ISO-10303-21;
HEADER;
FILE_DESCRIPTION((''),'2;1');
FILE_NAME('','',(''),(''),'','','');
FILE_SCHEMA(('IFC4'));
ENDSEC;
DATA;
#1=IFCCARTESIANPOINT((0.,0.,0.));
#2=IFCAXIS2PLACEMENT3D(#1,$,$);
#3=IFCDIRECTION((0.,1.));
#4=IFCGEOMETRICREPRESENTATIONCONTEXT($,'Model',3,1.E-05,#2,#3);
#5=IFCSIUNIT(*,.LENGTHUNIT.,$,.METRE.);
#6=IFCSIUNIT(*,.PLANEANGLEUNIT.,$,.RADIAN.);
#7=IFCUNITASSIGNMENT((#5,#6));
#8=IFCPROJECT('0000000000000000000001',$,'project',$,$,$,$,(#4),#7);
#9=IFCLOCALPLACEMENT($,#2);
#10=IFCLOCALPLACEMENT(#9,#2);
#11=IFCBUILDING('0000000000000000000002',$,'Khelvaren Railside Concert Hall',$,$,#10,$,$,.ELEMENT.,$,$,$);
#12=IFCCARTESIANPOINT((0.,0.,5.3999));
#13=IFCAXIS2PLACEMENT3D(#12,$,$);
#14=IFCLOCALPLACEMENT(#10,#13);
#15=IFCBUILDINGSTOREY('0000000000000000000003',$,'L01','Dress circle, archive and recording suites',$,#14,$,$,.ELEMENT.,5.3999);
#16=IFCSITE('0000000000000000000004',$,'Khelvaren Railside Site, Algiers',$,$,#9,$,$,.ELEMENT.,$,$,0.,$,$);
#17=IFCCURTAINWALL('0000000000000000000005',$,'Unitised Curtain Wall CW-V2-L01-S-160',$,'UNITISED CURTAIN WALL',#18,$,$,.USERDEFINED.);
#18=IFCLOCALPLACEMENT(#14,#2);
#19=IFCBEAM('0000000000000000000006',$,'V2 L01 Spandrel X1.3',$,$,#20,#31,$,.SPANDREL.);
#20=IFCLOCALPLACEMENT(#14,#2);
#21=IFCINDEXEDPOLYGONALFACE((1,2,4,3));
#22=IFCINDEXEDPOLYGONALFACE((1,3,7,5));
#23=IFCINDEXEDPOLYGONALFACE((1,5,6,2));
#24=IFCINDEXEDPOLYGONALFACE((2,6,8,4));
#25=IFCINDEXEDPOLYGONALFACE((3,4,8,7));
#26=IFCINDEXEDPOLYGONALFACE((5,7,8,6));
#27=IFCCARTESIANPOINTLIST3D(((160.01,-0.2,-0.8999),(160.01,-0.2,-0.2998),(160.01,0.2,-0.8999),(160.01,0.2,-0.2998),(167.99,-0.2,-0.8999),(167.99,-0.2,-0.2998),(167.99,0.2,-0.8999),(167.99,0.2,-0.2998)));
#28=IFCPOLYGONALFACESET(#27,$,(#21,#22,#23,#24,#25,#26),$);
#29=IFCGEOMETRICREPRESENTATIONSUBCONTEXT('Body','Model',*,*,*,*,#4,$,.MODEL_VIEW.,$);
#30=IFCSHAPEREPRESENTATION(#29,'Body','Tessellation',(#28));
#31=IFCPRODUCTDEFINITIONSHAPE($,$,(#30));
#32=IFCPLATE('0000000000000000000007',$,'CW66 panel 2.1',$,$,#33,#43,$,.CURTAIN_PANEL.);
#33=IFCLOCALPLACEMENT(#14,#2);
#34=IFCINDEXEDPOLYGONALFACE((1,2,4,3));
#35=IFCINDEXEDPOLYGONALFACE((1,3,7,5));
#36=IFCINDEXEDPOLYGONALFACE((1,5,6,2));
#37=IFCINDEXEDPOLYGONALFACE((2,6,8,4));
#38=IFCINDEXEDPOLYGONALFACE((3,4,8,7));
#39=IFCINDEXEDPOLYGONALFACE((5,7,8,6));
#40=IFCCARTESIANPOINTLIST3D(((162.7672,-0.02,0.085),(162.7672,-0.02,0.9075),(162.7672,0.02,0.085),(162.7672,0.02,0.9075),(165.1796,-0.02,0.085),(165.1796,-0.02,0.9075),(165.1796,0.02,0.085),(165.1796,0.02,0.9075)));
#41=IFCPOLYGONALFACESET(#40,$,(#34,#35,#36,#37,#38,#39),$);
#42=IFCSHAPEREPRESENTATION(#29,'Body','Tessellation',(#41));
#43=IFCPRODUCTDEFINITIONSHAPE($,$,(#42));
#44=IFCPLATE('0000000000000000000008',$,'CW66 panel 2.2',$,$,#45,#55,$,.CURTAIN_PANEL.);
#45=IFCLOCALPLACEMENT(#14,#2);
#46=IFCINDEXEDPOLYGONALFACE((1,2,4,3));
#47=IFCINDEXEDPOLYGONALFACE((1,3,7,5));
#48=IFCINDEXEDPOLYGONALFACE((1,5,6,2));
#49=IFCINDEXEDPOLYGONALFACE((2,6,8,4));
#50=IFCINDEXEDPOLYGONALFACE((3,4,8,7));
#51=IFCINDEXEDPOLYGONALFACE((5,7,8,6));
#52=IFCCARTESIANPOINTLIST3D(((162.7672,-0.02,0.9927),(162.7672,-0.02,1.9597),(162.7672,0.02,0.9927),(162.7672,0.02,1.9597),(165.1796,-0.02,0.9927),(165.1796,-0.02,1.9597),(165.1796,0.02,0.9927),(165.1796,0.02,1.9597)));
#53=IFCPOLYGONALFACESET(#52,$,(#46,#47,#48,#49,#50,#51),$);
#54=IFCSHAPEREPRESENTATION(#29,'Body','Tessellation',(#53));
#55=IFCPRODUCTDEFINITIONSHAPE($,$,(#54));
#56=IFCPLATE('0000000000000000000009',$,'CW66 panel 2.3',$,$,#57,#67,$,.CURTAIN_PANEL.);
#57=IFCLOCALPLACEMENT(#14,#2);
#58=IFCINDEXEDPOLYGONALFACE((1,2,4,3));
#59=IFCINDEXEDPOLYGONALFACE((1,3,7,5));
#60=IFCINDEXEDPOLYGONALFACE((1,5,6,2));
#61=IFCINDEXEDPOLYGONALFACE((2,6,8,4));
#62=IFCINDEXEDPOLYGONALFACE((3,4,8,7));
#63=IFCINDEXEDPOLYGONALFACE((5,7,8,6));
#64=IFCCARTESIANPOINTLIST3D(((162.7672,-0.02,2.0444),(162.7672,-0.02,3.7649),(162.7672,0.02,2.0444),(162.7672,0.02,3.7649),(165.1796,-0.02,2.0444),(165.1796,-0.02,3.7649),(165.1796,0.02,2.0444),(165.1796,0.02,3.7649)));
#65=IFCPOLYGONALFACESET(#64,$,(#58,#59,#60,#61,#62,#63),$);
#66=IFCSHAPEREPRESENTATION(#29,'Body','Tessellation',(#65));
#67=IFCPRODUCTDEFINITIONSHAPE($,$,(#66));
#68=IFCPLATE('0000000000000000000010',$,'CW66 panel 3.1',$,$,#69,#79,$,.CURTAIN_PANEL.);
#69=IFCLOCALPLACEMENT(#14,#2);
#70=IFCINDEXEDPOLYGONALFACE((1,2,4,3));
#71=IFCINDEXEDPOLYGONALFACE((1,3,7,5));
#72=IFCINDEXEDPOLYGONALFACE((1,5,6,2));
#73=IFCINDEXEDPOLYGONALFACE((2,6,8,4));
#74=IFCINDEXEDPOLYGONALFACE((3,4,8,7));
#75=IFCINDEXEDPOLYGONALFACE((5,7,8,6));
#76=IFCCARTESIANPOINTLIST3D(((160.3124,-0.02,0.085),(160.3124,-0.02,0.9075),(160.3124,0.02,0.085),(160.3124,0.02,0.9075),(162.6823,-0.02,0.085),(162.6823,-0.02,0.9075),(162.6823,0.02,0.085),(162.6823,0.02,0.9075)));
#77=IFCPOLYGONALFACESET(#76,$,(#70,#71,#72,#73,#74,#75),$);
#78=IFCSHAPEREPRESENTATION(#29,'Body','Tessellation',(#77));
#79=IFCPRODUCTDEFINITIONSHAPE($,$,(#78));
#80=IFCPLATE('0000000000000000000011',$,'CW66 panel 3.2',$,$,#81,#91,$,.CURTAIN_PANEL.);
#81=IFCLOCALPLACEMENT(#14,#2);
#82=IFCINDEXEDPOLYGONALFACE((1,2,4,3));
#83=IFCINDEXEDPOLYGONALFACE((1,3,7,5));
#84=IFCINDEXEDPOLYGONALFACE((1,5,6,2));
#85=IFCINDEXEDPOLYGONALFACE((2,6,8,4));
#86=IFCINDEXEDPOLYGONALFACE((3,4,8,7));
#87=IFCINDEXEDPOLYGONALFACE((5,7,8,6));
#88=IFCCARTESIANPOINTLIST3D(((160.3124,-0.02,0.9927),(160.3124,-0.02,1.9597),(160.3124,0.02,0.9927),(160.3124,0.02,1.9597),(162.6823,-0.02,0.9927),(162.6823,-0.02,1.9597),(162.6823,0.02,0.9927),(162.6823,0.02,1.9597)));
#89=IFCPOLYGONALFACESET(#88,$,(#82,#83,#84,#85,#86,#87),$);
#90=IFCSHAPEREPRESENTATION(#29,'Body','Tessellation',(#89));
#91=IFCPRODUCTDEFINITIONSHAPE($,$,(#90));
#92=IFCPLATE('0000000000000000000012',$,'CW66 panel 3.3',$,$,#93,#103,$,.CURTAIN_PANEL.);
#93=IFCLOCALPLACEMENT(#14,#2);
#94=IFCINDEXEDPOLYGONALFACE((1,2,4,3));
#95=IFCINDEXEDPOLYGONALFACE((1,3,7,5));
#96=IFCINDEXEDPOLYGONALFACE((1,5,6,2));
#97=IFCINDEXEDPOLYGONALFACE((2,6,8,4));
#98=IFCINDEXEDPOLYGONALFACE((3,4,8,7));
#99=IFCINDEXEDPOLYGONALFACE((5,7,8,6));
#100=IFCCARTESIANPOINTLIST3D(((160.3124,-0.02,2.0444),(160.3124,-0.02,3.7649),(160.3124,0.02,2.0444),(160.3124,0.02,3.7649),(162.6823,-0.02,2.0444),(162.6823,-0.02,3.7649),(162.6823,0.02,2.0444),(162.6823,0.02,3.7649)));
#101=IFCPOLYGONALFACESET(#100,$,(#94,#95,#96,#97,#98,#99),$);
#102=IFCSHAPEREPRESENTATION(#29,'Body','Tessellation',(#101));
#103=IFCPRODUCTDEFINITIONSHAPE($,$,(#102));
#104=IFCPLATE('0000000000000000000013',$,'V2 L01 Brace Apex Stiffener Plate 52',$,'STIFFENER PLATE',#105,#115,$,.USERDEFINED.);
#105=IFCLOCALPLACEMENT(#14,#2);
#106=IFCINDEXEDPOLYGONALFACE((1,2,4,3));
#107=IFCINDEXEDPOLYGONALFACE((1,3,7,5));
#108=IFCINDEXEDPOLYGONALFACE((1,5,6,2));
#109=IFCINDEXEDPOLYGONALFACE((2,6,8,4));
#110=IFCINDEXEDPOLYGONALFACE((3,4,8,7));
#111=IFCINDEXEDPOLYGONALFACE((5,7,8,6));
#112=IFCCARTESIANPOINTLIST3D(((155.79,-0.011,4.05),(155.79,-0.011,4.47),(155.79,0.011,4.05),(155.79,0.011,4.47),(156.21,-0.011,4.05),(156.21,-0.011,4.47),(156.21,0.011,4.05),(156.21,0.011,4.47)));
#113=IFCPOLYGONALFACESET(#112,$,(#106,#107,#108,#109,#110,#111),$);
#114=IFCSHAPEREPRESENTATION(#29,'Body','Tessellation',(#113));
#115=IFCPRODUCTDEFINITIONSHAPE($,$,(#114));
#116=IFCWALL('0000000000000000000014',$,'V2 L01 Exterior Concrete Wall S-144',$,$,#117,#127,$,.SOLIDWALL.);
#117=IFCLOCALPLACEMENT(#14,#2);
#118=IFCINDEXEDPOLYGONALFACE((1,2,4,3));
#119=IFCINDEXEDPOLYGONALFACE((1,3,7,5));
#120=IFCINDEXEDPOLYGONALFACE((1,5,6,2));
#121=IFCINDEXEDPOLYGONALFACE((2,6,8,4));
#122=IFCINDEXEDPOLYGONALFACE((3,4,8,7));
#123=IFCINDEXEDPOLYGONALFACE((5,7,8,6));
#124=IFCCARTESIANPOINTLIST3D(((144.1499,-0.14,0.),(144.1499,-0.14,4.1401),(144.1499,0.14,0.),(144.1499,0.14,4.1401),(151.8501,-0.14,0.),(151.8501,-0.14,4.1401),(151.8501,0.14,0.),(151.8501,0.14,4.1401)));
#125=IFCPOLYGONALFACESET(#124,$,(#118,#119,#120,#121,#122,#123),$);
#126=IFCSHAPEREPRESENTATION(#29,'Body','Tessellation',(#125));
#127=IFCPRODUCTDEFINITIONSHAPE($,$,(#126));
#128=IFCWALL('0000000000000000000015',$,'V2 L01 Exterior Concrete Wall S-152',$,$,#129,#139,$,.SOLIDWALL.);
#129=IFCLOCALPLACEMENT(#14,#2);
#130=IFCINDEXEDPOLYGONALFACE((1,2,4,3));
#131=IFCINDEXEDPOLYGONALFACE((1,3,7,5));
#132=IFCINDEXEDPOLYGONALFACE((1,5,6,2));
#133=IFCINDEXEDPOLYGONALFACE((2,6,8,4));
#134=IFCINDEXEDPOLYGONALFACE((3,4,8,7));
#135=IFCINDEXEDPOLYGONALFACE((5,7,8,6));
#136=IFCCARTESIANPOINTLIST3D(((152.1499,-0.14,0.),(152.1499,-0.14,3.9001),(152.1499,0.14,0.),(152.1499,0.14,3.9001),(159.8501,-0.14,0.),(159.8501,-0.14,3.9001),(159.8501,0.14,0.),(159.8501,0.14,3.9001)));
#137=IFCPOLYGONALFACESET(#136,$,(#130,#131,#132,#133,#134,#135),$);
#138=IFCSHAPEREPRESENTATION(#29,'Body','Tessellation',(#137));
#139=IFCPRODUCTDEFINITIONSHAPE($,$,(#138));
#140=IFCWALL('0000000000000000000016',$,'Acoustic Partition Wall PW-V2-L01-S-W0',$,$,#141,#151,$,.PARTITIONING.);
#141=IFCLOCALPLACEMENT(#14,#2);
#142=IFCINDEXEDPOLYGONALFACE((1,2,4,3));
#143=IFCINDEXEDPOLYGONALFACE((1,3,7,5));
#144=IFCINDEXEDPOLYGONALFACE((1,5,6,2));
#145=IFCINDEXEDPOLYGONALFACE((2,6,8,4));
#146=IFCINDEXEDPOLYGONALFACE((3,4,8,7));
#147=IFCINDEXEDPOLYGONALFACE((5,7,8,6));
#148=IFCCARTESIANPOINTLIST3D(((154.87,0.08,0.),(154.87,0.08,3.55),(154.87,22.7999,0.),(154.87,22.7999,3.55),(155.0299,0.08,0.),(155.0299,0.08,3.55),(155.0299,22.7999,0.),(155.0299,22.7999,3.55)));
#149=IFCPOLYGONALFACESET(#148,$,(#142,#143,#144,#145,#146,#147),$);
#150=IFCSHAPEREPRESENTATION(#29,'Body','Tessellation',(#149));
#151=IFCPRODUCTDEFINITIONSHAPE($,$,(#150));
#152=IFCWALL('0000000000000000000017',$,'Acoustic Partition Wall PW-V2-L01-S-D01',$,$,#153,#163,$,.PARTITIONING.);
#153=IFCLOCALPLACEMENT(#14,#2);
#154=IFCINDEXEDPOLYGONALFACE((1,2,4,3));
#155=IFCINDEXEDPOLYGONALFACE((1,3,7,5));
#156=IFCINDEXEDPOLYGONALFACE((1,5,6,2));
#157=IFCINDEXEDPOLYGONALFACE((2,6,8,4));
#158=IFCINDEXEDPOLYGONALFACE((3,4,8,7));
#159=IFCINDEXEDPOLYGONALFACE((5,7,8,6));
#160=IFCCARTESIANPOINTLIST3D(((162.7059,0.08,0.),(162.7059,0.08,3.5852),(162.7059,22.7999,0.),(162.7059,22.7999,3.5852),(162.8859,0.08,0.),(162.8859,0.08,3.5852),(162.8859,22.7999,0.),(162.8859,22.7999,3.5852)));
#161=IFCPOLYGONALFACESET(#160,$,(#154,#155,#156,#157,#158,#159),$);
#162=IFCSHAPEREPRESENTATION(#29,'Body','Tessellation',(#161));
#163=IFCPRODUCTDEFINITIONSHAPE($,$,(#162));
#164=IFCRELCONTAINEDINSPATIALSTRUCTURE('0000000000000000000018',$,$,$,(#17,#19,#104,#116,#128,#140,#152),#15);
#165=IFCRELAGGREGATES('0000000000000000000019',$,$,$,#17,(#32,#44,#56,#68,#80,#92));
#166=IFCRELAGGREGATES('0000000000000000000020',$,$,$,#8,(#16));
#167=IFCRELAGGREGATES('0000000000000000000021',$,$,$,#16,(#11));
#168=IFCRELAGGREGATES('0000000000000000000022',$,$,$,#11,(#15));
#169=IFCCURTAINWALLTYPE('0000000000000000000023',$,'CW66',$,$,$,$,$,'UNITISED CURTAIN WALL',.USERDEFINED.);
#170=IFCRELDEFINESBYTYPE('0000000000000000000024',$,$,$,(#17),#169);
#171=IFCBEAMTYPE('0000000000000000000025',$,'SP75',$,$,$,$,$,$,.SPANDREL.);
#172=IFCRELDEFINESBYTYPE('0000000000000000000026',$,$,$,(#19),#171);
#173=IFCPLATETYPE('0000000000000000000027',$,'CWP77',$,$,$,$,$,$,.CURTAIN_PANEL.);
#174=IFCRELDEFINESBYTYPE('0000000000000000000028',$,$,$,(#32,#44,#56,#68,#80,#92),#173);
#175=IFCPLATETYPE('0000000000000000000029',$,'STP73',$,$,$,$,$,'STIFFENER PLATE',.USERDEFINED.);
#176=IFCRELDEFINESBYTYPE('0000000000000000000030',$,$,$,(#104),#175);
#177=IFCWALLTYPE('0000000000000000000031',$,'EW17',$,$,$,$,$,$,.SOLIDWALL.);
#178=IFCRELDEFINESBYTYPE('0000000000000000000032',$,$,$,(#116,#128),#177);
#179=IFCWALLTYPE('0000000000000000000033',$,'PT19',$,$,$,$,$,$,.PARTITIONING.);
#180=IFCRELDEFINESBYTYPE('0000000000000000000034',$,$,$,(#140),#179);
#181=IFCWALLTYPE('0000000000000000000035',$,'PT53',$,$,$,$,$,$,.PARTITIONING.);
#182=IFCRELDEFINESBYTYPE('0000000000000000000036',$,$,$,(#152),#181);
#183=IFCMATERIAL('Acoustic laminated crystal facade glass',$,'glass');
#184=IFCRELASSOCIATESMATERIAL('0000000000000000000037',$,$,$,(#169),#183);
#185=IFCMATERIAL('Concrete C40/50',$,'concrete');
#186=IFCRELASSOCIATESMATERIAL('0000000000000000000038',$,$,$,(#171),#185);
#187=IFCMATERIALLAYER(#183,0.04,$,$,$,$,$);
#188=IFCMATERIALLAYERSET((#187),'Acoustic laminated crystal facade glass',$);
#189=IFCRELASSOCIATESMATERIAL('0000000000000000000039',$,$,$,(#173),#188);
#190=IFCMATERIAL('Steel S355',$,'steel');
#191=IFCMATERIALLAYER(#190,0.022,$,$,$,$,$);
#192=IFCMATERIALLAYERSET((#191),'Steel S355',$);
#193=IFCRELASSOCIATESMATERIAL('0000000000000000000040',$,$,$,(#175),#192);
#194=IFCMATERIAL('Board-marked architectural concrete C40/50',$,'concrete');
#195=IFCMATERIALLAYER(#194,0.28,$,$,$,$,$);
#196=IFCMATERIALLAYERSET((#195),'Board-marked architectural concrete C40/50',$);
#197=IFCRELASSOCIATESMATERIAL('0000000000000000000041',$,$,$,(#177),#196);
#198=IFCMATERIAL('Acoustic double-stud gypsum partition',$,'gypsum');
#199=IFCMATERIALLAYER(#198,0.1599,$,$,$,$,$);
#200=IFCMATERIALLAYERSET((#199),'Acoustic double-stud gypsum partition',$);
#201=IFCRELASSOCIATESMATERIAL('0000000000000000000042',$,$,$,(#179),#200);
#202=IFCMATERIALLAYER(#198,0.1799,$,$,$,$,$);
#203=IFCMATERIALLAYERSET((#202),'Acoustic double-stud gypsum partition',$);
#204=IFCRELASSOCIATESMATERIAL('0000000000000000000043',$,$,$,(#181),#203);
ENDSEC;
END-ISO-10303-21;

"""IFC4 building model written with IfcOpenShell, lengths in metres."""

from ifc_helpers import new_model, si_unit, direction, frame, frame_2d, origin, origin_2d, place, context, subcontext, project, spatial, rectangle, extrude, material, layer, layer_set, material_profile, profile_set, type_object, element, aggregate, save


model = new_model("IFC4")

# Units and contexts
model_context = context("Model", 3, precision=1e-05, world=origin(), true_north=direction((0.0, 1.0)))
body_context = subcontext(model_context, "Body", "Model", "MODEL_VIEW")
ifc_project = project(units=[si_unit("LENGTHUNIT", "METRE"), si_unit("PLANEANGLEUNIT", "RADIAN")], contexts=[model_context])

# Site, building, storey
site_placement = place(None, origin())
site = spatial("IfcSite", under=ifc_project, at=site_placement, Name="Khelvaren Railside Site, Algiers", CompositionType="ELEMENT", RefElevation=0.0)
building_placement = place(site_placement, origin())
building = spatial("IfcBuilding", under=site, at=building_placement, Name="Khelvaren Railside Concert Hall", CompositionType="ELEMENT")
storey_placement = place(building_placement, frame((0.0, 0.0, 5.3999)))
storey = spatial("IfcBuildingStorey", under=building, at=storey_placement, Name="L01", Description="Dress circle, archive and recording suites", CompositionType="ELEMENT", Elevation=5.3999)

# Shared definitions
ifc_material_1 = material(Name="Steel S355", Category="steel")

# Curtain wall
ifc_material_2 = material(Name="Acoustic laminated crystal facade glass", Category="glass")
curtain_wall_type = type_object("IfcCurtainWallType", Name="CW66", ElementType="UNITISED CURTAIN WALL", PredefinedType="USERDEFINED", material=ifc_material_2)
curtain_wall_placement = place(storey_placement, origin())
curtain_wall = element("IfcCurtainWall", 1, at=curtain_wall_placement, inside=storey, type_object=curtain_wall_type, Name="Unitised Curtain Wall CW-V2-L01-S-160", ObjectType="UNITISED CURTAIN WALL", PredefinedType="USERDEFINED")

# Beam
ifc_material_3 = material(Name="Concrete C40/50", Category="concrete")
ifc_material_profile_1 = material_profile(ifc_material_3, rectangle(XDim=0.3999, YDim=0.6001, at=origin_2d()), Name="RCB 400x600")
ifc_profile_set_1 = profile_set([ifc_material_profile_1], Name="Concrete C40/50")
beam_type_1 = type_object("IfcBeamType", Name="SP75", PredefinedType="SPANDREL", material=ifc_profile_set_1)
beam_1_placement = place(storey_placement, frame((160.01, 0.0, -0.5999), z_axis=(1.0, 0.0, 0.0), x_axis=(0.0, 1.0, 0.0)))
element("IfcBeam", 2, at=beam_1_placement, inside=storey, type_object=beam_type_1, Name="V2 L01 Spandrel X1.3", PredefinedType="SPANDREL", context=body_context, shape_type="SweptSolid", body=[
    extrude(rectangle(XDim=0.3999, YDim=0.6001, at=origin_2d()), origin(), (0.0, 0.0, 1.0), 7.98),
])

# Plates
ifc_layer_1 = layer(ifc_material_2, 0.04)
ifc_layer_set_1 = layer_set([ifc_layer_1], Name="Acoustic laminated crystal facade glass")
plate_type_1 = type_object("IfcPlateType", Name="CWP77", PredefinedType="CURTAIN_PANEL", material=ifc_layer_set_1)
plate_1_placement = place(storey_placement, frame((163.9734, 0.0, 0.085), z_axis=(0.0, 0.0, 1.0), x_axis=(-1.0, 0.0, 0.0)))
plate_1 = element("IfcPlate", 3, at=plate_1_placement, type_object=plate_type_1, Name="CW66 panel 2.1", PredefinedType="CURTAIN_PANEL", context=body_context, shape_type="SweptSolid", body=[
    extrude(rectangle(XDim=2.4124, YDim=0.04, at=origin_2d()), origin(), (0.0, 0.0, 1.0), 0.8225),
])
plate_2_placement = place(storey_placement, frame((163.9734, 0.0, 0.9927), z_axis=(0.0, 0.0, 1.0), x_axis=(-1.0, 0.0, 0.0)))
plate_2 = element("IfcPlate", 4, at=plate_2_placement, type_object=plate_type_1, Name="CW66 panel 2.2", PredefinedType="CURTAIN_PANEL", context=body_context, shape_type="SweptSolid", body=[
    extrude(rectangle(XDim=2.4124, YDim=0.04, at=origin_2d()), origin(), (0.0, 0.0, 1.0), 0.967),
])
plate_3_placement = place(storey_placement, frame((163.9734, 0.0, 2.0444), z_axis=(0.0, 0.0, 1.0), x_axis=(-1.0, 0.0, 0.0)))
plate_3 = element("IfcPlate", 5, at=plate_3_placement, type_object=plate_type_1, Name="CW66 panel 2.3", PredefinedType="CURTAIN_PANEL", context=body_context, shape_type="SweptSolid", body=[
    extrude(rectangle(XDim=2.4124, YDim=0.04, at=origin_2d()), origin(), (0.0, 0.0, 1.0), 1.7205),
])
plate_4_placement = place(storey_placement, frame((161.4973, 0.0, 0.085), z_axis=(0.0, 0.0, 1.0), x_axis=(-1.0, 0.0, 0.0)))
plate_4 = element("IfcPlate", 6, at=plate_4_placement, type_object=plate_type_1, Name="CW66 panel 3.1", PredefinedType="CURTAIN_PANEL", context=body_context, shape_type="SweptSolid", body=[
    extrude(rectangle(XDim=2.3699, YDim=0.04, at=origin_2d()), origin(), (0.0, 0.0, 1.0), 0.8225),
])
plate_5_placement = place(storey_placement, frame((161.4973, 0.0, 0.9927), z_axis=(0.0, 0.0, 1.0), x_axis=(-1.0, 0.0, 0.0)))
plate_5 = element("IfcPlate", 7, at=plate_5_placement, type_object=plate_type_1, Name="CW66 panel 3.2", PredefinedType="CURTAIN_PANEL", context=body_context, shape_type="SweptSolid", body=[
    extrude(rectangle(XDim=2.3699, YDim=0.04, at=origin_2d()), origin(), (0.0, 0.0, 1.0), 0.967),
])
plate_6_placement = place(storey_placement, frame((161.4973, 0.0, 2.0444), z_axis=(0.0, 0.0, 1.0), x_axis=(-1.0, 0.0, 0.0)))
plate_6 = element("IfcPlate", 8, at=plate_6_placement, type_object=plate_type_1, Name="CW66 panel 3.3", PredefinedType="CURTAIN_PANEL", context=body_context, shape_type="SweptSolid", body=[
    extrude(rectangle(XDim=2.3699, YDim=0.04, at=origin_2d()), origin(), (0.0, 0.0, 1.0), 1.7205),
])
aggregate(curtain_wall, [plate_1, plate_2, plate_3, plate_4, plate_5, plate_6])
ifc_layer_2 = layer(ifc_material_1, 0.022)
ifc_layer_set_2 = layer_set([ifc_layer_2], Name="Steel S355")
plate_type_2 = type_object("IfcPlateType", Name="STP73", ElementType="STIFFENER PLATE", PredefinedType="USERDEFINED", material=ifc_layer_set_2)
plate_7_placement = place(storey_placement, frame((156.0, 0.0, 4.05), z_axis=(0.0, 0.0, 1.0), x_axis=(1.0, 0.0, 0.0)))
element("IfcPlate", 9, at=plate_7_placement, inside=storey, type_object=plate_type_2, Name="V2 L01 Brace Apex Stiffener Plate 52", ObjectType="STIFFENER PLATE", PredefinedType="USERDEFINED", context=body_context, shape_type="SweptSolid", body=[
    extrude(rectangle(XDim=0.4199, YDim=0.022, at=origin_2d()), origin(), (0.0, 0.0, 1.0), 0.4199),
])

# Walls
ifc_material_4 = material(Name="Board-marked architectural concrete C40/50", Category="concrete")
ifc_layer_3 = layer(ifc_material_4, 0.28)
ifc_layer_set_3 = layer_set([ifc_layer_3], Name="Board-marked architectural concrete C40/50")
wall_type_1 = type_object("IfcWallType", Name="EW17", PredefinedType="SOLIDWALL", material=ifc_layer_set_3)
wall_1_placement = place(storey_placement, frame((151.8501, 0.0, 0.0), z_axis=(0.0, 0.0, 1.0), x_axis=(-1.0, 0.0, 0.0)))
element("IfcWall", 10, at=wall_1_placement, inside=storey, type_object=wall_type_1, Name="V2 L01 Exterior Concrete Wall S-144", PredefinedType="SOLIDWALL", context=body_context, shape_type="SweptSolid", body=[
    extrude(rectangle(XDim=7.7002, YDim=0.28, at=frame_2d((3.8501, 0.0))), origin(), (0.0, 0.0, 1.0), 4.1401),
])
wall_2_placement = place(storey_placement, frame((159.8501, 0.0, 0.0), z_axis=(0.0, 0.0, 1.0), x_axis=(-1.0, 0.0, 0.0)))
element("IfcWall", 11, at=wall_2_placement, inside=storey, type_object=wall_type_1, Name="V2 L01 Exterior Concrete Wall S-152", PredefinedType="SOLIDWALL", context=body_context, shape_type="SweptSolid", body=[
    extrude(rectangle(XDim=7.7002, YDim=0.28, at=frame_2d((3.8501, 0.0))), origin(), (0.0, 0.0, 1.0), 3.9001),
])
ifc_material_5 = material(Name="Acoustic double-stud gypsum partition", Category="gypsum")
ifc_layer_4 = layer(ifc_material_5, 0.1599)
ifc_layer_set_4 = layer_set([ifc_layer_4], Name="Acoustic double-stud gypsum partition")
wall_type_2 = type_object("IfcWallType", Name="PT19", PredefinedType="PARTITIONING", material=ifc_layer_set_4)
wall_3_placement = place(storey_placement, frame((154.95, 0.0801, 0.0), z_axis=(0.0, 0.0, 1.0), x_axis=(0.0, 1.0, 0.0)))
element("IfcWall", 12, at=wall_3_placement, inside=storey, type_object=wall_type_2, Name="Acoustic Partition Wall PW-V2-L01-S-W0", PredefinedType="PARTITIONING", context=body_context, shape_type="SweptSolid", body=[
    extrude(rectangle(XDim=22.72, YDim=0.1599, at=frame_2d((11.3599, 0.0))), origin(), (0.0, 0.0, 1.0), 3.55),
])
ifc_layer_5 = layer(ifc_material_5, 0.1799)
ifc_layer_set_5 = layer_set([ifc_layer_5], Name="Acoustic double-stud gypsum partition")
wall_type_3 = type_object("IfcWallType", Name="PT53", PredefinedType="PARTITIONING", material=ifc_layer_set_5)
wall_4_placement = place(storey_placement, frame((162.7959, 0.0801, 0.0), z_axis=(0.0, 0.0, 1.0), x_axis=(0.0, 1.0, 0.0)))
element("IfcWall", 13, at=wall_4_placement, inside=storey, type_object=wall_type_3, Name="Acoustic Partition Wall PW-V2-L01-S-D01", PredefinedType="PARTITIONING", context=body_context, shape_type="SweptSolid", body=[
    extrude(rectangle(XDim=22.72, YDim=0.1799, at=frame_2d((11.3599, 0.0))), origin(), (0.0, 0.0, 1.0), 3.5852),
])

save(model, "model.ifc")
